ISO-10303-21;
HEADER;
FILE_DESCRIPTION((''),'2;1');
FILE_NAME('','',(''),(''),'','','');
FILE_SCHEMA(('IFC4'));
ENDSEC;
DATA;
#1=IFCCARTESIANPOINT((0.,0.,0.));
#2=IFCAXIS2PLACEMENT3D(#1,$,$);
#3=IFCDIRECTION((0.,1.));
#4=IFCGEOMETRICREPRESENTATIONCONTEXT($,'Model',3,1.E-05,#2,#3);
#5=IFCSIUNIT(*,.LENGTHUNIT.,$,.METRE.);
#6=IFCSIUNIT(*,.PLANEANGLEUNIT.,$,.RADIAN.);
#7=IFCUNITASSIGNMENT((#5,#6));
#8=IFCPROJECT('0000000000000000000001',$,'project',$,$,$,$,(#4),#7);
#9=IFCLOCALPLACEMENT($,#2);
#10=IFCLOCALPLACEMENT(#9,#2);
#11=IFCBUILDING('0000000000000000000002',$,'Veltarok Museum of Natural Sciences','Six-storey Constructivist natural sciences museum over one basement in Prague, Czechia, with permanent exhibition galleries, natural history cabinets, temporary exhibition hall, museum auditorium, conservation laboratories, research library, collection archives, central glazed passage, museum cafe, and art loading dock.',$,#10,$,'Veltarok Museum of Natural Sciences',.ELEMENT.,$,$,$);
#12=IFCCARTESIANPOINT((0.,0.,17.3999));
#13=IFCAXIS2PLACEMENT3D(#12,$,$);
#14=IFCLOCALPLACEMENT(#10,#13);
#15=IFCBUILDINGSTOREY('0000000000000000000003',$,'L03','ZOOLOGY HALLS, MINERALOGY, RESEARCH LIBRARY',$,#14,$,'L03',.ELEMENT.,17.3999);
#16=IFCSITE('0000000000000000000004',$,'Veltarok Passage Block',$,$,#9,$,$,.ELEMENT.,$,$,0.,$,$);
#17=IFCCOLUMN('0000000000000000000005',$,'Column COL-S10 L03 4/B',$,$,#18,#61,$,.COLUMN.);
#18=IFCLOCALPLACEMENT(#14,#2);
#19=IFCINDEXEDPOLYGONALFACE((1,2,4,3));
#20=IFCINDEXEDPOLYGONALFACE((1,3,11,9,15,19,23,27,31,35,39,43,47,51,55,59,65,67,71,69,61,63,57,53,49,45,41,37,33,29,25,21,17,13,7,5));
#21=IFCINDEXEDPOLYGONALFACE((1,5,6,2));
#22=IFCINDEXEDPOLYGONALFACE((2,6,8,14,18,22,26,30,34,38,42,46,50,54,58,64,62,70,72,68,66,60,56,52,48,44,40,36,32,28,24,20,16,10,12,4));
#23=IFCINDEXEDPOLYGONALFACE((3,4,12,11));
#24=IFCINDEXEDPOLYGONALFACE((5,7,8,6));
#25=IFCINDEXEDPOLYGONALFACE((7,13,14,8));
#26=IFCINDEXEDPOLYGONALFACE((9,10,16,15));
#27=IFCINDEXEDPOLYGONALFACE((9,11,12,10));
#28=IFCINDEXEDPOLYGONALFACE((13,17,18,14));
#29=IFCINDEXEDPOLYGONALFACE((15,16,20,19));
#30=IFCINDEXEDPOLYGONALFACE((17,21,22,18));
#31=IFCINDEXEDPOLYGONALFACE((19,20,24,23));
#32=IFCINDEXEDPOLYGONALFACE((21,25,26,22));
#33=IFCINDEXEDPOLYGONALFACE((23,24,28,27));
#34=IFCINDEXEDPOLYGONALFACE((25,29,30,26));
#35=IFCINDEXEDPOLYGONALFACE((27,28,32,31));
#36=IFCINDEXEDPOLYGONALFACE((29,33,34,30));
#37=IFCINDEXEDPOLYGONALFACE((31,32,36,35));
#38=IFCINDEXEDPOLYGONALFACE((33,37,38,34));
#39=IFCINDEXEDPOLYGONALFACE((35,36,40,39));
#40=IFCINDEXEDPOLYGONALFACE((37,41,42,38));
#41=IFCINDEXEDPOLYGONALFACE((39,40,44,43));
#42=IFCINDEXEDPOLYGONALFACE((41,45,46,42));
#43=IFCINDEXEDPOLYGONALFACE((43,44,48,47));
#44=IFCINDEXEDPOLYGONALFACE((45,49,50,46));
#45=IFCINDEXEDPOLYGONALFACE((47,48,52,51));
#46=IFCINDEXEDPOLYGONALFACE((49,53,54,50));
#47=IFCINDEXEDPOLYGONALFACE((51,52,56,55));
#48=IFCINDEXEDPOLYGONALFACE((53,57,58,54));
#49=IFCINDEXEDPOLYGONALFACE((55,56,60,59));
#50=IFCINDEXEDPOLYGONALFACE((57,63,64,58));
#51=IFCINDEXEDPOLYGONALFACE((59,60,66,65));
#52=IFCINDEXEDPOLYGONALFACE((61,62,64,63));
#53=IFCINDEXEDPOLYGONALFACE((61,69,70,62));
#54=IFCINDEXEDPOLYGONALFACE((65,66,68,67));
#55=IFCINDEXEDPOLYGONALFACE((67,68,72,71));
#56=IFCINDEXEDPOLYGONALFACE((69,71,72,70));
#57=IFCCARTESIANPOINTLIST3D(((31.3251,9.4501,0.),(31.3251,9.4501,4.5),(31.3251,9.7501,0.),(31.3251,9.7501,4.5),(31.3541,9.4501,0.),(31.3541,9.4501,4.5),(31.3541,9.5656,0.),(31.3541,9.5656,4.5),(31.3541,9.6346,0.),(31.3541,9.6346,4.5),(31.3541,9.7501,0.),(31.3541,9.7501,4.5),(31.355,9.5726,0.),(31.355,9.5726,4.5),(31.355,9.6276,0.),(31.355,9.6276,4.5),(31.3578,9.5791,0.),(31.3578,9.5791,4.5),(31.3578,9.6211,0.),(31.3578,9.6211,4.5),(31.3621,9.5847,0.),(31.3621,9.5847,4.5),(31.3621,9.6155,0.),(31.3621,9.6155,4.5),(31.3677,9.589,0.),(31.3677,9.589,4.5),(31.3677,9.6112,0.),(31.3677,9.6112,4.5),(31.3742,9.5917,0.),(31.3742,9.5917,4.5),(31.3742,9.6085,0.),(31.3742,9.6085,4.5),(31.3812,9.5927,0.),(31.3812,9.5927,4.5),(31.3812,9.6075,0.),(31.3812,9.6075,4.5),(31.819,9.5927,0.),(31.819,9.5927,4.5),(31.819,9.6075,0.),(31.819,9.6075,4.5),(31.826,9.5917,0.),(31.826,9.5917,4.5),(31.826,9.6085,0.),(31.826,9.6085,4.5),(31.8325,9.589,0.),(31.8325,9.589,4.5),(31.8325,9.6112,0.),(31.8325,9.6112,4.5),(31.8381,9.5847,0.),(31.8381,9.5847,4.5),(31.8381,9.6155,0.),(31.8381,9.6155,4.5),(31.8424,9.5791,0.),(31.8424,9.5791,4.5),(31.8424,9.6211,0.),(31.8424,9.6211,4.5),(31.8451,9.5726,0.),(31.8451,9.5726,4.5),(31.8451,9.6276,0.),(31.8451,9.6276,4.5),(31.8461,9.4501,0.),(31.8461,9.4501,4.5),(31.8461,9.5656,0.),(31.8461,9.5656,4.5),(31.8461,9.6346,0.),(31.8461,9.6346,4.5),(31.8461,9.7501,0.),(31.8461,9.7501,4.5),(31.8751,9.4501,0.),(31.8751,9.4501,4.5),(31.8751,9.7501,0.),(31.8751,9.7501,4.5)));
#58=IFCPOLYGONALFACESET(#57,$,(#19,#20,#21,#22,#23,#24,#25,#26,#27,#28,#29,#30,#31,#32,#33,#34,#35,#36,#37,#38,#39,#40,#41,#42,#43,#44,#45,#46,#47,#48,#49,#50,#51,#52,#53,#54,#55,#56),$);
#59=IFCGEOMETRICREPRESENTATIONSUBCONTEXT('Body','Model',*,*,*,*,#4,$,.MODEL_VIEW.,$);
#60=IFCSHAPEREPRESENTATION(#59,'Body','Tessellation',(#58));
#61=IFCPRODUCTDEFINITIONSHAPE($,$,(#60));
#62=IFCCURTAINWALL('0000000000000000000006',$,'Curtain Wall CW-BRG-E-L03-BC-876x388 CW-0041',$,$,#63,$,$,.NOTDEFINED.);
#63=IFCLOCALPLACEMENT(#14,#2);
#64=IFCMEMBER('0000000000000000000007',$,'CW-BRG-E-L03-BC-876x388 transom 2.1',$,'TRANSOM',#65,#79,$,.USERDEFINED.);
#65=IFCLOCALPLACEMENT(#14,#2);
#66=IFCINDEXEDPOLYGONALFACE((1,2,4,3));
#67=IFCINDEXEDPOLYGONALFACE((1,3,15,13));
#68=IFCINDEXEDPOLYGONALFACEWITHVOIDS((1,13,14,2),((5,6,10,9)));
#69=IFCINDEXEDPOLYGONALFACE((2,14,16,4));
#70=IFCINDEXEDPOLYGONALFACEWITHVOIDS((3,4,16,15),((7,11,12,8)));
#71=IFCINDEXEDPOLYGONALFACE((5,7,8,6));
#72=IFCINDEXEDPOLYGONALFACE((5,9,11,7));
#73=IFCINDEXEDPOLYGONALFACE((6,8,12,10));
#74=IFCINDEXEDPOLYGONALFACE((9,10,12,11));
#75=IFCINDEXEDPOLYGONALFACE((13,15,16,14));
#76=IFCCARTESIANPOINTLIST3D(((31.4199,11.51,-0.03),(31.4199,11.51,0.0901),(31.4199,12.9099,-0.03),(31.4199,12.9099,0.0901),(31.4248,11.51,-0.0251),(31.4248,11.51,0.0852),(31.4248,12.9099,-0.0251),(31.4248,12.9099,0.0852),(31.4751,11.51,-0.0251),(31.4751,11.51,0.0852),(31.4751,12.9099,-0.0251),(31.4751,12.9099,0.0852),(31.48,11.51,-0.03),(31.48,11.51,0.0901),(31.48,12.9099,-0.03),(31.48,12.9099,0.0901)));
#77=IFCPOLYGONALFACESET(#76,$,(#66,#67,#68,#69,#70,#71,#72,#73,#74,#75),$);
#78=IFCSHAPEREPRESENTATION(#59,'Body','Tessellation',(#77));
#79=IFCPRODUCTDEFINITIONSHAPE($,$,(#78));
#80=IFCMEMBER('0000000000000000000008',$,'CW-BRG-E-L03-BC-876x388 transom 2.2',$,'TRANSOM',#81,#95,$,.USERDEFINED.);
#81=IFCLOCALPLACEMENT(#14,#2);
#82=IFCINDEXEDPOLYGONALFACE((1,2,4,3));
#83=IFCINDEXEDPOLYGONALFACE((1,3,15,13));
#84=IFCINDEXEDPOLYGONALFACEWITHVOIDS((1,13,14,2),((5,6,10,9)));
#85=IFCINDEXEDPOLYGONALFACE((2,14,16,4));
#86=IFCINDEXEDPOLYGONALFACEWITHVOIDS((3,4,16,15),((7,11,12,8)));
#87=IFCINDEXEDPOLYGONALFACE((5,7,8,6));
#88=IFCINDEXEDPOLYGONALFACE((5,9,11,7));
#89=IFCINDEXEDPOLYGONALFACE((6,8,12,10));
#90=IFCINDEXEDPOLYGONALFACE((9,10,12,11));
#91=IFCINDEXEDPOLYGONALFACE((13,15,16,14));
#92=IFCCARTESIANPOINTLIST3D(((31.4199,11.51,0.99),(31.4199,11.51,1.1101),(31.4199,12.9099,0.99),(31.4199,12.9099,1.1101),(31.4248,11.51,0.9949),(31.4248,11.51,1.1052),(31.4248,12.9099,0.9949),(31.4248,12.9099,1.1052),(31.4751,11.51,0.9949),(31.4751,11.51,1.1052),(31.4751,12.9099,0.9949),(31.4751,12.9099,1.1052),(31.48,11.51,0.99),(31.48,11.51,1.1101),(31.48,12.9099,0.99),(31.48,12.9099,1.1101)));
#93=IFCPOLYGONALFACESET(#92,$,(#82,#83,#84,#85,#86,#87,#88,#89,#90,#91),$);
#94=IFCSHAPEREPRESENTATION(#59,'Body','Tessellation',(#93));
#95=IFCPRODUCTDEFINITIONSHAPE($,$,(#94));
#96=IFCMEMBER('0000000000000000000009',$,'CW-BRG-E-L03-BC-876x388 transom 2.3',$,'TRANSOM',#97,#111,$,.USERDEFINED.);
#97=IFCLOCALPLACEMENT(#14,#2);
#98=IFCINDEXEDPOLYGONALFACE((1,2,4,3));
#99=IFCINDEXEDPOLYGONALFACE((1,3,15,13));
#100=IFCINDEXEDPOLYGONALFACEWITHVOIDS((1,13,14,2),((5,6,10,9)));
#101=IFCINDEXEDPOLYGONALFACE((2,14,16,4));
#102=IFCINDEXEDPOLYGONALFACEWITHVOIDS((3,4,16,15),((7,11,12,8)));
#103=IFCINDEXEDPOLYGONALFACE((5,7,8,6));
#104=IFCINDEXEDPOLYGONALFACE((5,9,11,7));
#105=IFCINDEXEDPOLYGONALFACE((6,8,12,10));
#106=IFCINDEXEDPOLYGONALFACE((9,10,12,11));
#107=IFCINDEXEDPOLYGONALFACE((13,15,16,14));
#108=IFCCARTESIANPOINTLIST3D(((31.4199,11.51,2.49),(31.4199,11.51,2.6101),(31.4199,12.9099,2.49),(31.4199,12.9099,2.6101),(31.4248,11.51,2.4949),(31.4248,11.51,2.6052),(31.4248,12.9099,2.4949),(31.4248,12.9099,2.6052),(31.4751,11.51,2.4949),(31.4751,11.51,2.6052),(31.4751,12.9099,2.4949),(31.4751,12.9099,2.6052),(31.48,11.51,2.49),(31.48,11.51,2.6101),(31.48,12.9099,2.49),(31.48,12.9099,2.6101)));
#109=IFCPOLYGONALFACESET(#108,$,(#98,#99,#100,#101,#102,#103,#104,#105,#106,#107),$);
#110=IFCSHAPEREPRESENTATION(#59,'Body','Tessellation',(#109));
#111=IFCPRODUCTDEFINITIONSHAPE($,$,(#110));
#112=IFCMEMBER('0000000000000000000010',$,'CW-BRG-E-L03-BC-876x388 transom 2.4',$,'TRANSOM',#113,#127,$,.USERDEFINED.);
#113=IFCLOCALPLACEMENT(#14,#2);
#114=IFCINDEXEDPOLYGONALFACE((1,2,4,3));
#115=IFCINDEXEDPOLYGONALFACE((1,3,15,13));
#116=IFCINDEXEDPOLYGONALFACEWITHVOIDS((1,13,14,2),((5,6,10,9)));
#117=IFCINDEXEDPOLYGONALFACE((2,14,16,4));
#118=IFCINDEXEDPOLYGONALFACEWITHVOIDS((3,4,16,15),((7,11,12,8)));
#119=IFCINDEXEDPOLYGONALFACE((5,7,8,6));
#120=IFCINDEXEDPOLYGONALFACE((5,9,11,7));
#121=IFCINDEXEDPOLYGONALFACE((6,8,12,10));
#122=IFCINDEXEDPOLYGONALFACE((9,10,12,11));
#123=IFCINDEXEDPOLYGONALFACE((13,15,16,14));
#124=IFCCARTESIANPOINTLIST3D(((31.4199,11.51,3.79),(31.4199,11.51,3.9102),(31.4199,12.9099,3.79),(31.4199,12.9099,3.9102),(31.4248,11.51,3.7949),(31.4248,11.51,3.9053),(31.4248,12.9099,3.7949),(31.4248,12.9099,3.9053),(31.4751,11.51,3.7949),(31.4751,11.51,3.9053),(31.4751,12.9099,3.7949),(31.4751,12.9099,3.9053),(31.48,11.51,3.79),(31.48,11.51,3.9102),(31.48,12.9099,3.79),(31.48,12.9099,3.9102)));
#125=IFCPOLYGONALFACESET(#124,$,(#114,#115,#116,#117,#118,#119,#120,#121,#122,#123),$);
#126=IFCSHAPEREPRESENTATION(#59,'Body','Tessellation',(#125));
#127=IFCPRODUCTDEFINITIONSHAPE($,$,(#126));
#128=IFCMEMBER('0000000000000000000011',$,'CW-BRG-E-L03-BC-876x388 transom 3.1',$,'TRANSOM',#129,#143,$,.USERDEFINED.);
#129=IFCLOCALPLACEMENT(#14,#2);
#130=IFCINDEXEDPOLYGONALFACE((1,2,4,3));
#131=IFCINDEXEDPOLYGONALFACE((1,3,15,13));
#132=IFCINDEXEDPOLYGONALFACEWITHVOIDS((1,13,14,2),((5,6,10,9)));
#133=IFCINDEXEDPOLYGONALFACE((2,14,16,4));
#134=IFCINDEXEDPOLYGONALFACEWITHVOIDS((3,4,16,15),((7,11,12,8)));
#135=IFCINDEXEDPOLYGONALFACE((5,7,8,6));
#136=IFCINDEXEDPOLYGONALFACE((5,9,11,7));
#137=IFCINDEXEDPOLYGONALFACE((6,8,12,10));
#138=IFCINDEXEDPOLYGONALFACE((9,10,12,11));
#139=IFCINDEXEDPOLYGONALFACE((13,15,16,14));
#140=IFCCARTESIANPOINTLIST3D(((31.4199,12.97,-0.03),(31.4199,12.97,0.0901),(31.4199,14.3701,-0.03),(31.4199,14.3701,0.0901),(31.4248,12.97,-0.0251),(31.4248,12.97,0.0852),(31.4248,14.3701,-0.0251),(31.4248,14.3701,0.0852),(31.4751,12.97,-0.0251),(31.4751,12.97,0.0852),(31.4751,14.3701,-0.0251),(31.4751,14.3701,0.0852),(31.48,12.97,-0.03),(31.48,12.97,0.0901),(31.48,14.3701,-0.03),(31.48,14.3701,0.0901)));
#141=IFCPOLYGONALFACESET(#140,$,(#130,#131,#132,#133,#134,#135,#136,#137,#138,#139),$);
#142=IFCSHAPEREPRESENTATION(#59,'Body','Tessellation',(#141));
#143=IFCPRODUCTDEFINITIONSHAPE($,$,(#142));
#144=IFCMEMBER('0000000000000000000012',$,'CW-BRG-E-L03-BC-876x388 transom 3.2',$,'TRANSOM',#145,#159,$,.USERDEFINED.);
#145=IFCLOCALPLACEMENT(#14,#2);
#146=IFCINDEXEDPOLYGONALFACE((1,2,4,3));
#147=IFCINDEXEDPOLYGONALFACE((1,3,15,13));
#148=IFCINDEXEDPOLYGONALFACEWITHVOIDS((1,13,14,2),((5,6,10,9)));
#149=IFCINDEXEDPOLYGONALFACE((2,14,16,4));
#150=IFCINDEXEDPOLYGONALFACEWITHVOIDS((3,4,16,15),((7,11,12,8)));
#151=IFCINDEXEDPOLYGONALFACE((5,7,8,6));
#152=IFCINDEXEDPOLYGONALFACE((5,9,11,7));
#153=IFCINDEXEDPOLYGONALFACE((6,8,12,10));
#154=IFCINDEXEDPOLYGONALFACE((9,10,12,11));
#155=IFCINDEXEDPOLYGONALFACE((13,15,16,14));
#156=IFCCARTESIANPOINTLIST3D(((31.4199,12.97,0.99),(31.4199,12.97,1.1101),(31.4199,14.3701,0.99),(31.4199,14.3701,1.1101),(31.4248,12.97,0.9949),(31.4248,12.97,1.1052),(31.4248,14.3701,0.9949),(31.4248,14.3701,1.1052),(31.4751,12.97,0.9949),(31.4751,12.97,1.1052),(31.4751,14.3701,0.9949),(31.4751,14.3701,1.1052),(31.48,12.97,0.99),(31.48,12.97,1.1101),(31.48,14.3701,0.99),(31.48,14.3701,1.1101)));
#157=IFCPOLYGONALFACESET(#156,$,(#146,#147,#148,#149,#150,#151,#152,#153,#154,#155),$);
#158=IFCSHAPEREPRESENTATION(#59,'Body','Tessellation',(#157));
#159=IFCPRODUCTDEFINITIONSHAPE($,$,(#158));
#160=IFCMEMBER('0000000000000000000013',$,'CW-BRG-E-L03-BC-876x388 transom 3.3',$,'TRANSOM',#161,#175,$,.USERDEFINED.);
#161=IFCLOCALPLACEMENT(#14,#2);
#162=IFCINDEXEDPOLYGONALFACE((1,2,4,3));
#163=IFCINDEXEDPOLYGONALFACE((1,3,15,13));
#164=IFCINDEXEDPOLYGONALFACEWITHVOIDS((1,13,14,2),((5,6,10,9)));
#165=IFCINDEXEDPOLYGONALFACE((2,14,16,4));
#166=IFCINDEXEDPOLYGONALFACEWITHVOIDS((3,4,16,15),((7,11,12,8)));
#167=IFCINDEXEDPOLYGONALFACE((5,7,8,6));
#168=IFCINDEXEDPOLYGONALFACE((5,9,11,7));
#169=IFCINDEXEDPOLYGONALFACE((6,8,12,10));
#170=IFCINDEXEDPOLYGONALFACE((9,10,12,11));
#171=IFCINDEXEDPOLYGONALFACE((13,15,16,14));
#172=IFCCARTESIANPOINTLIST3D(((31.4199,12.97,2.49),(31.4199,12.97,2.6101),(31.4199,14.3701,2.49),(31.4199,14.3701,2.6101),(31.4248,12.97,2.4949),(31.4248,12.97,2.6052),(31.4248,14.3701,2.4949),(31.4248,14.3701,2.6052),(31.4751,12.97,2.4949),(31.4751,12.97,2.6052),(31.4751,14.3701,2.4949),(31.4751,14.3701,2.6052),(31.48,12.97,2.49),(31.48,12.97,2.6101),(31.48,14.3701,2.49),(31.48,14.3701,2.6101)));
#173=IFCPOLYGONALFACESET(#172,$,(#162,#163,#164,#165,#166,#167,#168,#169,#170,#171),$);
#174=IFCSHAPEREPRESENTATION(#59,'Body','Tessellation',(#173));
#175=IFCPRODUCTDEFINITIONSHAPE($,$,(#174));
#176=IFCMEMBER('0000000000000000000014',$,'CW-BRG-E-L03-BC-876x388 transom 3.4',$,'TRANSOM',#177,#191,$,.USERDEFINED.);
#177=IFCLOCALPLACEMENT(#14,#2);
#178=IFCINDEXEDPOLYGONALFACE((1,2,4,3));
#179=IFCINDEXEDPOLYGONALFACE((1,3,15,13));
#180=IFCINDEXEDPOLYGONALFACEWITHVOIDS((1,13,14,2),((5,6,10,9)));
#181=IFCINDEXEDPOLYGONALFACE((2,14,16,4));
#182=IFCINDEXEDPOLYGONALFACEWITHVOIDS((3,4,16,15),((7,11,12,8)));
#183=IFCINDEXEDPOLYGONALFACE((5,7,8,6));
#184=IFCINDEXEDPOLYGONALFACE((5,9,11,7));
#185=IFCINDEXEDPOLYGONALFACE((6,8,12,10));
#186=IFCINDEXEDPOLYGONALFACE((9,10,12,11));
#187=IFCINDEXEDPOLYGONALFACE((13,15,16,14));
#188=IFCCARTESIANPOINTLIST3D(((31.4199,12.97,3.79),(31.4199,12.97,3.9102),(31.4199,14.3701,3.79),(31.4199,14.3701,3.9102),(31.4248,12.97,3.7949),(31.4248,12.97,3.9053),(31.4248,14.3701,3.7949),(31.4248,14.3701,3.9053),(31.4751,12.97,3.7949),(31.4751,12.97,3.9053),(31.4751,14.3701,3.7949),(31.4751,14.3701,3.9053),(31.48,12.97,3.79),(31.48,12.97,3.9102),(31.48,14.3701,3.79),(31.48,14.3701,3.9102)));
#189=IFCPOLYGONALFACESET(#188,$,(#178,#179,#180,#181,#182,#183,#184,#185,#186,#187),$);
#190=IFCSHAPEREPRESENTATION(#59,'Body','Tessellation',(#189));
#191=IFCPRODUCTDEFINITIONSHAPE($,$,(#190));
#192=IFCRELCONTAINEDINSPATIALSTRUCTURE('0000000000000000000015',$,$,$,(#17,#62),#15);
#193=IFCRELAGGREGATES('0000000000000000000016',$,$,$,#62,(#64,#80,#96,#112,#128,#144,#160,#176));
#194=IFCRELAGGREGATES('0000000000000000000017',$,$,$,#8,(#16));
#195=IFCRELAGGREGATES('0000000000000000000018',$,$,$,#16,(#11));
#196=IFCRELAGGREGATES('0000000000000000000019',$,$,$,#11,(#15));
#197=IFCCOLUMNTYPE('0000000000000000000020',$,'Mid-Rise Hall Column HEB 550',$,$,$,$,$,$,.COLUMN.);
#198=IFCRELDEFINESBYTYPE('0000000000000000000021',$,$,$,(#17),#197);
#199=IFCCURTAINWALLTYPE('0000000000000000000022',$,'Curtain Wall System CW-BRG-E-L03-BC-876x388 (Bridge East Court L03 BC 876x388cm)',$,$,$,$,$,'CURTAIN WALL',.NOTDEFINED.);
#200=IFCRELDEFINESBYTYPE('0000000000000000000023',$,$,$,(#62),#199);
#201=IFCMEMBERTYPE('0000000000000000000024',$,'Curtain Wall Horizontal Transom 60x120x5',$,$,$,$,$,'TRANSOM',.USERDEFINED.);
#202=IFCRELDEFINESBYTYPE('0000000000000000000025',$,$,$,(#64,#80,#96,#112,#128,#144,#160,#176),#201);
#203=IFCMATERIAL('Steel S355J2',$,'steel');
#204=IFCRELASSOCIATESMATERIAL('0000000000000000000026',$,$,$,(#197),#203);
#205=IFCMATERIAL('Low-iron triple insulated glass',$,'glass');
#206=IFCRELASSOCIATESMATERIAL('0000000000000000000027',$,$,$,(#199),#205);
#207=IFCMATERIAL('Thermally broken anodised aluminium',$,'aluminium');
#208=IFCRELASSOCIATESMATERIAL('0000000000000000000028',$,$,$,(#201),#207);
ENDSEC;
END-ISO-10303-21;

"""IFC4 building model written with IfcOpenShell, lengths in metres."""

from ifc_helpers import new_model, si_unit, direction, frame, origin, origin_2d, place, context, subcontext, project, spatial, hollow_rectangle, i_section, extrude, material, material_profile, profile_set, type_object, element, aggregate, save


model = new_model("IFC4")

# Units and contexts
model_context = context("Model", 3, precision=1e-05, world=origin(), true_north=direction((0.0, 1.0)))
body_context = subcontext(model_context, "Body", "Model", "MODEL_VIEW")
ifc_project = project(units=[si_unit("LENGTHUNIT", "METRE"), si_unit("PLANEANGLEUNIT", "RADIAN")], contexts=[model_context])

# Site, building, storey
site_placement = place(None, origin())
site = spatial("IfcSite", under=ifc_project, at=site_placement, Name="Veltarok Passage Block", CompositionType="ELEMENT", RefElevation=0.0)
building_placement = place(site_placement, origin())
building = spatial("IfcBuilding", under=site, at=building_placement, Name="Veltarok Museum of Natural Sciences", Description="Six-storey Constructivist natural sciences museum over one basement in Prague, Czechia, with permanent exhibition galleries, natural history cabinets, temporary exhibition hall, museum auditorium, conservation laboratories, research library, collection archives, central glazed passage, museum cafe, and art loading dock.", LongName="Veltarok Museum of Natural Sciences", CompositionType="ELEMENT")
storey_placement = place(building_placement, frame((0.0, 0.0, 17.3999)))
storey = spatial("IfcBuildingStorey", under=building, at=storey_placement, Name="L03", Description="ZOOLOGY HALLS, MINERALOGY, RESEARCH LIBRARY", LongName="L03", CompositionType="ELEMENT", Elevation=17.3999)

# Column
ifc_material_1 = material(Name="Steel S355J2", Category="steel")
ifc_material_profile_1 = material_profile(ifc_material_1, i_section(OverallWidth=0.3, OverallDepth=0.55, WebThickness=0.0149, FlangeThickness=0.0291, FilletRadius=0.0271, at=origin_2d()), Name="HEB 550")
ifc_profile_set_1 = profile_set([ifc_material_profile_1], Name="Steel S355J2")
column_type = type_object("IfcColumnType", Name="Mid-Rise Hall Column HEB 550", PredefinedType="COLUMN", material=ifc_profile_set_1)
column_placement = place(storey_placement, frame((31.6001, 9.6001, 0.0), z_axis=(0.0, 0.0, 1.0), x_axis=(0.0, 1.0, 0.0)))
element("IfcColumn", 1, at=column_placement, inside=storey, type_object=column_type, Name="Column COL-S10 L03 4/B", PredefinedType="COLUMN", context=body_context, shape_type="SweptSolid", body=[
    extrude(i_section(OverallWidth=0.3, OverallDepth=0.55, WebThickness=0.0149, FlangeThickness=0.0291, FilletRadius=0.0271, at=origin_2d()), origin(), (0.0, 0.0, 1.0), 4.5),
])

# Curtain wall, members
ifc_material_2 = material(Name="Low-iron triple insulated glass", Category="glass")
curtain_wall_type = type_object("IfcCurtainWallType", Name="Curtain Wall System CW-BRG-E-L03-BC-876x388 (Bridge East Court L03 BC 876x388cm)", ElementType="CURTAIN WALL", PredefinedType="NOTDEFINED", material=ifc_material_2)
curtain_wall_placement = place(storey_placement, origin())
curtain_wall = element("IfcCurtainWall", 2, at=curtain_wall_placement, inside=storey, type_object=curtain_wall_type, Name="Curtain Wall CW-BRG-E-L03-BC-876x388 CW-0041", PredefinedType="NOTDEFINED")
ifc_material_3 = material(Name="Thermally broken anodised aluminium", Category="aluminium")
ifc_material_profile_2 = material_profile(ifc_material_3, hollow_rectangle(XDim=0.0601, YDim=0.1201, WallThickness=0.0049, at=origin_2d()), Name="CW TRANSOM 60x120x5")
ifc_profile_set_2 = profile_set([ifc_material_profile_2], Name="Thermally broken anodised aluminium")
member_type_1 = type_object("IfcMemberType", Name="Curtain Wall Horizontal Transom 60x120x5", ElementType="TRANSOM", PredefinedType="USERDEFINED", material=ifc_profile_set_2)
member_1_placement = place(storey_placement, frame((31.45, 11.51, 0.03), z_axis=(0.0, 1.0, 0.0), x_axis=(-1.0, 0.0, 0.0)))
member_1 = element("IfcMember", 3, at=member_1_placement, type_object=member_type_1, Name="CW-BRG-E-L03-BC-876x388 transom 2.1", ObjectType="TRANSOM", PredefinedType="USERDEFINED", context=body_context, shape_type="SweptSolid", body=[
    extrude(hollow_rectangle(XDim=0.0601, YDim=0.1201, WallThickness=0.0049, at=origin_2d()), origin(), (0.0, 0.0, 1.0), 1.3999),
])
member_2_placement = place(storey_placement, frame((31.45, 11.51, 1.05), z_axis=(0.0, 1.0, 0.0), x_axis=(-1.0, 0.0, 0.0)))
member_2 = element("IfcMember", 4, at=member_2_placement, type_object=member_type_1, Name="CW-BRG-E-L03-BC-876x388 transom 2.2", ObjectType="TRANSOM", PredefinedType="USERDEFINED", context=body_context, shape_type="SweptSolid", body=[
    extrude(hollow_rectangle(XDim=0.0601, YDim=0.1201, WallThickness=0.0049, at=origin_2d()), origin(), (0.0, 0.0, 1.0), 1.3999),
])
member_3_placement = place(storey_placement, frame((31.45, 11.51, 2.55), z_axis=(0.0, 1.0, 0.0), x_axis=(-1.0, 0.0, 0.0)))
member_3 = element("IfcMember", 5, at=member_3_placement, type_object=member_type_1, Name="CW-BRG-E-L03-BC-876x388 transom 2.3", ObjectType="TRANSOM", PredefinedType="USERDEFINED", context=body_context, shape_type="SweptSolid", body=[
    extrude(hollow_rectangle(XDim=0.0601, YDim=0.1201, WallThickness=0.0049, at=origin_2d()), origin(), (0.0, 0.0, 1.0), 1.3999),
])
member_4_placement = place(storey_placement, frame((31.45, 11.51, 3.8501), z_axis=(0.0, 1.0, 0.0), x_axis=(-1.0, 0.0, 0.0)))
member_4 = element("IfcMember", 6, at=member_4_placement, type_object=member_type_1, Name="CW-BRG-E-L03-BC-876x388 transom 2.4", ObjectType="TRANSOM", PredefinedType="USERDEFINED", context=body_context, shape_type="SweptSolid", body=[
    extrude(hollow_rectangle(XDim=0.0601, YDim=0.1201, WallThickness=0.0049, at=origin_2d()), origin(), (0.0, 0.0, 1.0), 1.3999),
])
member_5_placement = place(storey_placement, frame((31.45, 12.97, 0.03), z_axis=(0.0, 1.0, 0.0), x_axis=(-1.0, 0.0, 0.0)))
member_5 = element("IfcMember", 7, at=member_5_placement, type_object=member_type_1, Name="CW-BRG-E-L03-BC-876x388 transom 3.1", ObjectType="TRANSOM", PredefinedType="USERDEFINED", context=body_context, shape_type="SweptSolid", body=[
    extrude(hollow_rectangle(XDim=0.0601, YDim=0.1201, WallThickness=0.0049, at=origin_2d()), origin(), (0.0, 0.0, 1.0), 1.4001),
])
member_6_placement = place(storey_placement, frame((31.45, 12.97, 1.05), z_axis=(0.0, 1.0, 0.0), x_axis=(-1.0, 0.0, 0.0)))
member_6 = element("IfcMember", 8, at=member_6_placement, type_object=member_type_1, Name="CW-BRG-E-L03-BC-876x388 transom 3.2", ObjectType="TRANSOM", PredefinedType="USERDEFINED", context=body_context, shape_type="SweptSolid", body=[
    extrude(hollow_rectangle(XDim=0.0601, YDim=0.1201, WallThickness=0.0049, at=origin_2d()), origin(), (0.0, 0.0, 1.0), 1.4001),
])
member_7_placement = place(storey_placement, frame((31.45, 12.97, 2.55), z_axis=(0.0, 1.0, 0.0), x_axis=(-1.0, 0.0, 0.0)))
member_7 = element("IfcMember", 9, at=member_7_placement, type_object=member_type_1, Name="CW-BRG-E-L03-BC-876x388 transom 3.3", ObjectType="TRANSOM", PredefinedType="USERDEFINED", context=body_context, shape_type="SweptSolid", body=[
    extrude(hollow_rectangle(XDim=0.0601, YDim=0.1201, WallThickness=0.0049, at=origin_2d()), origin(), (0.0, 0.0, 1.0), 1.4001),
])
member_8_placement = place(storey_placement, frame((31.45, 12.97, 3.8501), z_axis=(0.0, 1.0, 0.0), x_axis=(-1.0, 0.0, 0.0)))
member_8 = element("IfcMember", 10, at=member_8_placement, type_object=member_type_1, Name="CW-BRG-E-L03-BC-876x388 transom 3.4", ObjectType="TRANSOM", PredefinedType="USERDEFINED", context=body_context, shape_type="SweptSolid", body=[
    extrude(hollow_rectangle(XDim=0.0601, YDim=0.1201, WallThickness=0.0049, at=origin_2d()), origin(), (0.0, 0.0, 1.0), 1.4001),
])

aggregate(curtain_wall, [member_1, member_2, member_3, member_4, member_5, member_6, member_7, member_8])

save(model, "model.ifc")
